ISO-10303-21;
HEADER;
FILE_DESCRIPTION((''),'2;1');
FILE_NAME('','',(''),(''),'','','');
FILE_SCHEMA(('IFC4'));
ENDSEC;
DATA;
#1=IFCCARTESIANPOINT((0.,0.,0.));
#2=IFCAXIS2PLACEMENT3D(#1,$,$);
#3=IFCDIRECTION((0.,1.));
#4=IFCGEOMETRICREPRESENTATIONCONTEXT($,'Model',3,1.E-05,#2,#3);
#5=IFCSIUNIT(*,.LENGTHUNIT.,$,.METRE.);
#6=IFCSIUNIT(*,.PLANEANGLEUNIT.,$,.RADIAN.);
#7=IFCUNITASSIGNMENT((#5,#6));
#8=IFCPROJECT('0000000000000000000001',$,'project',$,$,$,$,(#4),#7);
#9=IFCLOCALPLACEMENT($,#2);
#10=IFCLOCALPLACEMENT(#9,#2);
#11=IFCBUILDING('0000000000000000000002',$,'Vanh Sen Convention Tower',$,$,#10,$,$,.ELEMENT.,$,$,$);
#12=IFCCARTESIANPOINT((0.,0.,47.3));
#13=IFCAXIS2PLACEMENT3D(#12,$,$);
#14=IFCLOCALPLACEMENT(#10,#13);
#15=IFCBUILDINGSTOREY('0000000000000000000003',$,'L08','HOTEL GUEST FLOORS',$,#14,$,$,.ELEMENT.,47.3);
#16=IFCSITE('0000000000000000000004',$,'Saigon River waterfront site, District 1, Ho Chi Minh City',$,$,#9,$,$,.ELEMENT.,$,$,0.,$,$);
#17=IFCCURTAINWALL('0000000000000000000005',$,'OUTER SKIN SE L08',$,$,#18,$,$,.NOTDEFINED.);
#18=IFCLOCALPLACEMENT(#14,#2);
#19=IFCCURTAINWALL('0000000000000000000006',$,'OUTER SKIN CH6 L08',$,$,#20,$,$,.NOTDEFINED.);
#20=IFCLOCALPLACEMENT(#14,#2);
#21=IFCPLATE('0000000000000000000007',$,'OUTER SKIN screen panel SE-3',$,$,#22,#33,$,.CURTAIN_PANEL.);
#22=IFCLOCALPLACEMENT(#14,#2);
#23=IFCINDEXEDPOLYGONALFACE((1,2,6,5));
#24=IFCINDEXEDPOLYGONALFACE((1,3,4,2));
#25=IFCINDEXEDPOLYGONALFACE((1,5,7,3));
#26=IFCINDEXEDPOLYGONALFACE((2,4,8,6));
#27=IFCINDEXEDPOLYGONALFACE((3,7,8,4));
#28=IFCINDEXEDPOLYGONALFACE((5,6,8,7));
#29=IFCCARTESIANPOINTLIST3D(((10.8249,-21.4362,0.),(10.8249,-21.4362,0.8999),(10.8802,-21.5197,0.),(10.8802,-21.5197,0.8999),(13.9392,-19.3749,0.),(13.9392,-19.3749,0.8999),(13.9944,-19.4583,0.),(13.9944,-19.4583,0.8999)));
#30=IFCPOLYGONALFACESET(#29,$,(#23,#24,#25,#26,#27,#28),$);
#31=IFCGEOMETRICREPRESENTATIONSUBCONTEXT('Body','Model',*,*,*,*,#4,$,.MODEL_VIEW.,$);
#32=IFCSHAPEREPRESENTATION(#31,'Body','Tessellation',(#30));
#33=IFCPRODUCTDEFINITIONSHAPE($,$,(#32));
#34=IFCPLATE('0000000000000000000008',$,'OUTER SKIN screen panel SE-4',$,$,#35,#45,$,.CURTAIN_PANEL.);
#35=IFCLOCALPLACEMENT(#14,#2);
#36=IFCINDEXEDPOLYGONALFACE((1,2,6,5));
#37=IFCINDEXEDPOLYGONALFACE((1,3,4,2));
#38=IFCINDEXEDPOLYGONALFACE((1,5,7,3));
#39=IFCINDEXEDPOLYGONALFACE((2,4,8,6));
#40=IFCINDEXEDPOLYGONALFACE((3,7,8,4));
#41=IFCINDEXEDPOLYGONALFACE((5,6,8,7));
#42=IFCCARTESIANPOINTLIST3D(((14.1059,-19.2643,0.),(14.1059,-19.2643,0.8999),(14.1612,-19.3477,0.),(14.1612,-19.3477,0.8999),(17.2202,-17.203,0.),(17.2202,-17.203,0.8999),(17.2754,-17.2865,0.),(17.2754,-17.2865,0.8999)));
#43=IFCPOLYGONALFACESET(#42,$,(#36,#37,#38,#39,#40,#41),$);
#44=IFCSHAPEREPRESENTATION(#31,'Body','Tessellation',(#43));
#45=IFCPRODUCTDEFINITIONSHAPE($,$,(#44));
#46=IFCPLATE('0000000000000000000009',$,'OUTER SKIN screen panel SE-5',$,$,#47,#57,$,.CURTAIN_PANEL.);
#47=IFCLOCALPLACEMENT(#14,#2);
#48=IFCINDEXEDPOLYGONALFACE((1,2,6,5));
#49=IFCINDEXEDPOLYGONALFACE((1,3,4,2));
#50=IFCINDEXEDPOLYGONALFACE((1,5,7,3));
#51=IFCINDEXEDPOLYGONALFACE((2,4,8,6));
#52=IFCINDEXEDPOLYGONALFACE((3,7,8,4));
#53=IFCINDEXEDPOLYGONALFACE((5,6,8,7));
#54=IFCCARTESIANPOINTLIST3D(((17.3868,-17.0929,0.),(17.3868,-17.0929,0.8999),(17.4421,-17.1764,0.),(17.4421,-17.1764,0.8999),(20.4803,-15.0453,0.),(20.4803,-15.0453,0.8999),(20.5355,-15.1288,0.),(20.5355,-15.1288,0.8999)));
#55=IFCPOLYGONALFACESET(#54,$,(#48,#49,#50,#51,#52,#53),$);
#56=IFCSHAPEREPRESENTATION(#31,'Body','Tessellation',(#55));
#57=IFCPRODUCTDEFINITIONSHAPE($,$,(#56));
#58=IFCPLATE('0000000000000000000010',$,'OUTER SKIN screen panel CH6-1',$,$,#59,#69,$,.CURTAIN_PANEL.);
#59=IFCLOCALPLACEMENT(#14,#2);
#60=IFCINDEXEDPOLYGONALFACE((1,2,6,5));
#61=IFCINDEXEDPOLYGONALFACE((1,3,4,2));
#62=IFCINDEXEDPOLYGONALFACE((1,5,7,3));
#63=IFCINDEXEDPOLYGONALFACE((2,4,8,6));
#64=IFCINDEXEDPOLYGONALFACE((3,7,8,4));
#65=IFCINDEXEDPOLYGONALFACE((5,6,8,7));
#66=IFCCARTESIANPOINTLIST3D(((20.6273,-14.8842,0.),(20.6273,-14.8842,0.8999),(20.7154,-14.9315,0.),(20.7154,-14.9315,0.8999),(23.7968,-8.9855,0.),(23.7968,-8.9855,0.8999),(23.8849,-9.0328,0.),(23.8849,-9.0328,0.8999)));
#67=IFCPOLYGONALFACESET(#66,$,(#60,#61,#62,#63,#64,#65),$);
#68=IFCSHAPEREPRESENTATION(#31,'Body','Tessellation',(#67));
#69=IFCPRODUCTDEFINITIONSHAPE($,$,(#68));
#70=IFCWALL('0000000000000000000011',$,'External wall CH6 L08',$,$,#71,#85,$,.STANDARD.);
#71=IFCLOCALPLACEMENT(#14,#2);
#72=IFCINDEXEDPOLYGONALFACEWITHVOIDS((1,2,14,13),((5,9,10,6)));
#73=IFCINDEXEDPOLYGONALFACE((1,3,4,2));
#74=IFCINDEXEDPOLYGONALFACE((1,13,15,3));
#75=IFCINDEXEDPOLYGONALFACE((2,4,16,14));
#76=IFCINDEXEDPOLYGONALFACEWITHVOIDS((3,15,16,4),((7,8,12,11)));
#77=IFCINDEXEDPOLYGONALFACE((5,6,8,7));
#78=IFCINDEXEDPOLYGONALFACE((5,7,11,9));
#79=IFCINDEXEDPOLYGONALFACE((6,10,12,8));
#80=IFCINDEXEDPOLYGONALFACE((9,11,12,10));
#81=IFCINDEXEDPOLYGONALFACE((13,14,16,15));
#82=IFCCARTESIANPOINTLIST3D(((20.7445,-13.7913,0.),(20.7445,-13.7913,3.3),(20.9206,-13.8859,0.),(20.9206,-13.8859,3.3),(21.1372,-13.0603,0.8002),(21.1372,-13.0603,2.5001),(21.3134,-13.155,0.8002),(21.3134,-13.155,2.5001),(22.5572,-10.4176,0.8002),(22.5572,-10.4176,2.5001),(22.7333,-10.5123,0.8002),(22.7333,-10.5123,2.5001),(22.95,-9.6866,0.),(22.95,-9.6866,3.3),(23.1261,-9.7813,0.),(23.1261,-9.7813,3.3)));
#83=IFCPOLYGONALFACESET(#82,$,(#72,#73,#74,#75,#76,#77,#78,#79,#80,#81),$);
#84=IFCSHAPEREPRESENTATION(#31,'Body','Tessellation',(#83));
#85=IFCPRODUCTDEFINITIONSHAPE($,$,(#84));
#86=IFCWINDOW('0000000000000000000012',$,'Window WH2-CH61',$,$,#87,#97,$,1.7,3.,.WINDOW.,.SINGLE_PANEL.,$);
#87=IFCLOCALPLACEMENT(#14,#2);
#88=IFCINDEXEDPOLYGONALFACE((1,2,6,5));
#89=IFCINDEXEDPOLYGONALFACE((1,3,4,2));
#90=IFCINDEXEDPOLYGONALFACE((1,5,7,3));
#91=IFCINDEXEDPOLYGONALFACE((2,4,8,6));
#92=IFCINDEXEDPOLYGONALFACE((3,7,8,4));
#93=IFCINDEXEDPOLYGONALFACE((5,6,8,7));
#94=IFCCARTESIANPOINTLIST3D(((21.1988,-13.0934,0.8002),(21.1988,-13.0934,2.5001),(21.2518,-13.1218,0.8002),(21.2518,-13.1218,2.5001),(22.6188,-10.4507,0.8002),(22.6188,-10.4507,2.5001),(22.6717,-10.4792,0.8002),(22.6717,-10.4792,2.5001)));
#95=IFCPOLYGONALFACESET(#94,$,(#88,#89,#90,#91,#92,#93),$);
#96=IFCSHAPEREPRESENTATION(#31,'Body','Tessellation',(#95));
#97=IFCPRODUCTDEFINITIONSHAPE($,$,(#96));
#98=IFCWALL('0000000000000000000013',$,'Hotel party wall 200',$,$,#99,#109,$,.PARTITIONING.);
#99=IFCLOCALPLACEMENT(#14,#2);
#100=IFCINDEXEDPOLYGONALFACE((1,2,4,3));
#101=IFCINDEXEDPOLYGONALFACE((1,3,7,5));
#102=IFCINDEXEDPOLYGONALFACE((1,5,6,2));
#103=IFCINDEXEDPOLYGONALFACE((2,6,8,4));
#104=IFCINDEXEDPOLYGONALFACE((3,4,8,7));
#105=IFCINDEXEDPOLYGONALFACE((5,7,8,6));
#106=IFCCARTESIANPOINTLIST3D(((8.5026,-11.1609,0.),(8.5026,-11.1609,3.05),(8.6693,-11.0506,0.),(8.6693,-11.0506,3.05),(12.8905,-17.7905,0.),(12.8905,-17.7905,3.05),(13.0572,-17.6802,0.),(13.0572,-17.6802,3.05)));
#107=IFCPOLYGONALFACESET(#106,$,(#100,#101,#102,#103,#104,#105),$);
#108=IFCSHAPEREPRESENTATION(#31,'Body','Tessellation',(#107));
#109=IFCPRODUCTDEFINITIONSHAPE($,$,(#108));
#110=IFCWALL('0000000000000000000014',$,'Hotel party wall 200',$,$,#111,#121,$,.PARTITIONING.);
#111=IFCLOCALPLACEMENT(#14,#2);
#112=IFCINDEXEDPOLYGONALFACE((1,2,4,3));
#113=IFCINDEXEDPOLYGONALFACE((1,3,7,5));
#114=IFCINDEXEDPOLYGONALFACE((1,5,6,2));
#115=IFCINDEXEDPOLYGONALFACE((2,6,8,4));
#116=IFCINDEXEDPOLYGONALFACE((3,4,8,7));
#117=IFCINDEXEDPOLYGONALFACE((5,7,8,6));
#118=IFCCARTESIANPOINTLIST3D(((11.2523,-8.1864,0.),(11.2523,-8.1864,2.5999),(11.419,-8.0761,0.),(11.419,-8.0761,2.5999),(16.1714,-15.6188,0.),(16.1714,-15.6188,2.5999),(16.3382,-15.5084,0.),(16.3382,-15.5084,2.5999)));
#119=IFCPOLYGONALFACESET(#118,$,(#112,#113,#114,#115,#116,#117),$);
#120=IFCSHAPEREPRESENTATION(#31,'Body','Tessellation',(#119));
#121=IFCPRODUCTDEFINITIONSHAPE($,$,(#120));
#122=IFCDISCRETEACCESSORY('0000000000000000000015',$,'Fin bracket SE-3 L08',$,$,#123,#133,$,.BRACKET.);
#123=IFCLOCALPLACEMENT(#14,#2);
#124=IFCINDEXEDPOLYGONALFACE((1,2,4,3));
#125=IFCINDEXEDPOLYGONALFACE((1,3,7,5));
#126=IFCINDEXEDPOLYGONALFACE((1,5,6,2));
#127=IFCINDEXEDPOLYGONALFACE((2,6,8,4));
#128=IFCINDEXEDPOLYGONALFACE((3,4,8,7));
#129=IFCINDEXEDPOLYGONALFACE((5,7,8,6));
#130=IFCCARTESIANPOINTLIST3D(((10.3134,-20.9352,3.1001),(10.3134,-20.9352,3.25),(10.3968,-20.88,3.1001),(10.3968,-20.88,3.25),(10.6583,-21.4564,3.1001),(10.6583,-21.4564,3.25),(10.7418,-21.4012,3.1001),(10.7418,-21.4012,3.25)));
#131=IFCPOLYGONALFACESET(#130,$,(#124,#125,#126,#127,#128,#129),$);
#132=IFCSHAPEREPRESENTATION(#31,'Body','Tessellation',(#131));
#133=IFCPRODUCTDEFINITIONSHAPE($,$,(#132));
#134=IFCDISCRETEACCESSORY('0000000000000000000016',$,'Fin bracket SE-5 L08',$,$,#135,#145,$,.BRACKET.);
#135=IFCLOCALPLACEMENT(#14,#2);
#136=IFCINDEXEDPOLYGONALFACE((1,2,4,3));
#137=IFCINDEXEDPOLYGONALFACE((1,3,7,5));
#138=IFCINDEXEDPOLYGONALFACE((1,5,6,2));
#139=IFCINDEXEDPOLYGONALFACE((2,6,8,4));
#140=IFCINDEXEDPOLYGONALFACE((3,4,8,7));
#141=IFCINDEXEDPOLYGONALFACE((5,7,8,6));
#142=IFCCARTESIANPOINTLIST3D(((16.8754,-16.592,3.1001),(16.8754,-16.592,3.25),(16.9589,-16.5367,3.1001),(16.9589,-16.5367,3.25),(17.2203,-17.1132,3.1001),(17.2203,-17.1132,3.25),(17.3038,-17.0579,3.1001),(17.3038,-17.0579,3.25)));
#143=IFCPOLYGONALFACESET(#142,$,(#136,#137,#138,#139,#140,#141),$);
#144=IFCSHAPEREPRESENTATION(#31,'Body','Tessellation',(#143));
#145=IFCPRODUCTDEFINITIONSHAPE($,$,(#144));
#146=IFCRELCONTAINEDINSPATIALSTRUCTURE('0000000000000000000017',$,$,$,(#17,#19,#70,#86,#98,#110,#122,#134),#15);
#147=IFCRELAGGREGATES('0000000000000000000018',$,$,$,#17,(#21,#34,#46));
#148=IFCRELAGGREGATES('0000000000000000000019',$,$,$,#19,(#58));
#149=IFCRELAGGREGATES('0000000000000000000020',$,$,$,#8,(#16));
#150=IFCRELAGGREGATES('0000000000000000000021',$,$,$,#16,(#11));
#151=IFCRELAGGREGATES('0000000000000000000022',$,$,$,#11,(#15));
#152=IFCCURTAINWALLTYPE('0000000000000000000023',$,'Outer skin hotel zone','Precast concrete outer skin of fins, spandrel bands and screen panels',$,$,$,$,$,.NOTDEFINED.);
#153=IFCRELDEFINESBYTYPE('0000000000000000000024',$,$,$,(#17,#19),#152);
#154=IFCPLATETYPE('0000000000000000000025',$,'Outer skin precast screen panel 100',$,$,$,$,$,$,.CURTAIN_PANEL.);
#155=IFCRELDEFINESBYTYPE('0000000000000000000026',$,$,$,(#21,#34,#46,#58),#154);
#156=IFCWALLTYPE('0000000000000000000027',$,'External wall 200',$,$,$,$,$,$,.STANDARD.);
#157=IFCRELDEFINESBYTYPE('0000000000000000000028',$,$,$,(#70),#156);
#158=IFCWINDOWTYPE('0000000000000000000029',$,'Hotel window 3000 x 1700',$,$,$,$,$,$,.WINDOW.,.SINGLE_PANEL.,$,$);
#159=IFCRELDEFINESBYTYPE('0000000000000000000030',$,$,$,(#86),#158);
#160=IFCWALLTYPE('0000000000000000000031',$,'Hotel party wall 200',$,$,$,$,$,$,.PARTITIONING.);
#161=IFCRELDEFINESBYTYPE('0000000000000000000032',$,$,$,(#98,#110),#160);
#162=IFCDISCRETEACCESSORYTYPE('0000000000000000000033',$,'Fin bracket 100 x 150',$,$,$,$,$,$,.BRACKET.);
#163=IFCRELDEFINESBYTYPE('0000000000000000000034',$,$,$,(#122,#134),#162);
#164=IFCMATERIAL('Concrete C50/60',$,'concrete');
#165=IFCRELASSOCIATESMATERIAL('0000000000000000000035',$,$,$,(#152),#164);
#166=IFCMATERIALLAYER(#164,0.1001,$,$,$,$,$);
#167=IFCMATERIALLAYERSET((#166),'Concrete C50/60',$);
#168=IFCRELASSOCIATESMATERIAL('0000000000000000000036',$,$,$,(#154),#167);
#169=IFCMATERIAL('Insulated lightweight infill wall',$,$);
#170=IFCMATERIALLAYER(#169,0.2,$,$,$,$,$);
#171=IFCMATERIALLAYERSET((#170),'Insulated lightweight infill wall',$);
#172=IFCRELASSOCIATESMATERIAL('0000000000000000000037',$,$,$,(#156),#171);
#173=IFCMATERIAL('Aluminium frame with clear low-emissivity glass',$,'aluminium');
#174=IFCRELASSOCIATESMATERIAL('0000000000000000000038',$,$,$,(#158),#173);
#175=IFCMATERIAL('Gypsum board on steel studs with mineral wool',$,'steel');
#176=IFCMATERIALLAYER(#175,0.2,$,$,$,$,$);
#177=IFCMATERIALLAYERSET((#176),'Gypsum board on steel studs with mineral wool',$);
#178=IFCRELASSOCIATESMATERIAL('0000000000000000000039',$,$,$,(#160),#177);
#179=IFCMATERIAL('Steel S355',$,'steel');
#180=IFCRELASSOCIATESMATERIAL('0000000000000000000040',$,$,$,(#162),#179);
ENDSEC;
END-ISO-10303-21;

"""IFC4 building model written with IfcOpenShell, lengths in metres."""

from ifc_helpers import new_model, si_unit, direction, frame, frame_2d, origin, origin_2d, place, context, subcontext, project, spatial, rectangle, extrude, material, layer, layer_set, type_object, element, fill, aggregate, save


model = new_model("IFC4")

# Units and contexts
model_context = context("Model", 3, precision=1e-05, world=origin(), true_north=direction((0.0, 1.0)))
body_context = subcontext(model_context, "Body", "Model", "MODEL_VIEW")
ifc_project = project(units=[si_unit("LENGTHUNIT", "METRE"), si_unit("PLANEANGLEUNIT", "RADIAN")], contexts=[model_context])

# Site, building, storey
site_placement = place(None, origin())
site = spatial("IfcSite", under=ifc_project, at=site_placement, Name="Saigon River waterfront site, District 1, Ho Chi Minh City", CompositionType="ELEMENT", RefElevation=0.0)
building_placement = place(site_placement, origin())
building = spatial("IfcBuilding", under=site, at=building_placement, Name="Vanh Sen Convention Tower", CompositionType="ELEMENT")
storey_placement = place(building_placement, frame((0.0, 0.0, 47.3)))
storey = spatial("IfcBuildingStorey", under=building, at=storey_placement, Name="L08", Description="HOTEL GUEST FLOORS", CompositionType="ELEMENT", Elevation=47.3)

# Curtain wall
ifc_material_1 = material(Name="Concrete C50/60", Category="concrete")
curtain_wall_type = type_object("IfcCurtainWallType", Name="Outer skin hotel zone", Description="Precast concrete outer skin of fins, spandrel bands and screen panels", PredefinedType="NOTDEFINED", material=ifc_material_1)
curtain_wall_1_placement = place(storey_placement, origin())
curtain_wall_1 = element("IfcCurtainWall", 1, at=curtain_wall_1_placement, inside=storey, type_object=curtain_wall_type, Name="OUTER SKIN SE L08", PredefinedType="NOTDEFINED")

# Curtain wall
curtain_wall_2_placement = place(storey_placement, origin())
curtain_wall_2 = element("IfcCurtainWall", 2, at=curtain_wall_2_placement, inside=storey, type_object=curtain_wall_type, Name="OUTER SKIN CH6 L08", PredefinedType="NOTDEFINED")

# Plates
ifc_layer_1 = layer(ifc_material_1, 0.1001)
ifc_layer_set_1 = layer_set([ifc_layer_1], Name="Concrete C50/60")
plate_type = type_object("IfcPlateType", Name="Outer skin precast screen panel 100", PredefinedType="CURTAIN_PANEL", material=ifc_layer_set_1)
plate_1_placement = place(storey_placement, frame((12.4097, -20.4473, 0.0), z_axis=(0.0, 0.0, 1.0), x_axis=(0.83388, 0.551946, 0.0)))
plate_1 = element("IfcPlate", 3, at=plate_1_placement, type_object=plate_type, Name="OUTER SKIN screen panel SE-3", PredefinedType="CURTAIN_PANEL", context=body_context, shape_type="SweptSolid", body=[
    extrude(rectangle(XDim=3.7346, YDim=0.1001, at=origin_2d()), origin(), (0.0, 0.0, 1.0), 0.8999),
])
plate_2_placement = place(storey_placement, frame((15.6907, -18.2754, 0.0), z_axis=(0.0, 0.0, 1.0), x_axis=(0.833892, 0.551928, 0.0)))
plate_2 = element("IfcPlate", 4, at=plate_2_placement, type_object=plate_type, Name="OUTER SKIN screen panel SE-4", PredefinedType="CURTAIN_PANEL", context=body_context, shape_type="SweptSolid", body=[
    extrude(rectangle(XDim=3.7346, YDim=0.1001, at=origin_2d()), origin(), (0.0, 0.0, 1.0), 0.8999),
])
plate_3_placement = place(storey_placement, frame((18.9612, -16.1108, 0.0), z_axis=(0.0, 0.0, 1.0), x_axis=(0.83388, 0.551946, 0.0)))
plate_3 = element("IfcPlate", 5, at=plate_3_placement, type_object=plate_type, Name="OUTER SKIN screen panel SE-5", PredefinedType="CURTAIN_PANEL", context=body_context, shape_type="SweptSolid", body=[
    extrude(rectangle(XDim=3.7097, YDim=0.1001, at=origin_2d()), origin(), (0.0, 0.0, 1.0), 0.8999),
])
aggregate(curtain_wall_1, [plate_1, plate_2, plate_3])
plate_4_placement = place(storey_placement, frame((22.2561, -11.9585, 0.0), z_axis=(0.0, 0.0, 1.0), x_axis=(0.473323, 0.880889, 0.0)))
plate_4 = element("IfcPlate", 6, at=plate_4_placement, type_object=plate_type, Name="OUTER SKIN screen panel CH6-1", PredefinedType="CURTAIN_PANEL", context=body_context, shape_type="SweptSolid", body=[
    extrude(rectangle(XDim=6.6963, YDim=0.1001, at=origin_2d()), origin(), (0.0, 0.0, 1.0), 0.8999),
])
aggregate(curtain_wall_2, [plate_4])

# Wall, opening, window
ifc_material_2 = material(Name="Insulated lightweight infill wall")
ifc_layer_2 = layer(ifc_material_2, 0.2)
ifc_layer_set_2 = layer_set([ifc_layer_2], Name="Insulated lightweight infill wall")
wall_type_1 = type_object("IfcWallType", Name="External wall 200", PredefinedType="STANDARD", material=ifc_layer_set_2)
wall_1_placement = place(storey_placement, frame((20.8325, -13.8386, 0.0), z_axis=(0.0, 0.0, 1.0), x_axis=(0.473322, 0.88089, 0.0)))
wall_1 = element("IfcWall", 7, at=wall_1_placement, inside=storey, type_object=wall_type_1, Name="External wall CH6 L08", PredefinedType="STANDARD", context=body_context, shape_type="SweptSolid", body=[
    extrude(rectangle(XDim=4.6597, YDim=0.2, at=frame_2d((2.3298, 0.0))), origin(), (0.0, 0.0, 1.0), 3.3),
])
opening_placement = place(wall_1_placement, frame((0.8298, 0.0, 0.8)))
opening = element("IfcOpeningElement", 8, at=opening_placement, cuts=wall_1, PredefinedType="OPENING", context=body_context, shape_type="SweptSolid", body=[
    extrude(rectangle(XDim=3.0, YDim=1.7, at=frame_2d((1.5, 0.8501))), frame((0.0, 0.1099, 0.0), z_axis=(0.0, -1.0, 0.0), x_axis=(1.0, 0.0, 0.0)), (0.0, 0.0, 1.0), 0.22),
])
ifc_material_3 = material(Name="Aluminium frame with clear low-emissivity glass", Category="aluminium")
window_type = type_object("IfcWindowType", Name="Hotel window 3000 x 1700", PartitioningType="SINGLE_PANEL", PredefinedType="WINDOW", material=ifc_material_3)
window_placement = place(opening_placement, origin())
window = element("IfcWindow", 9, at=window_placement, inside=storey, type_object=window_type, Name="Window WH2-CH61", OverallHeight=1.7, OverallWidth=3.0, PartitioningType="SINGLE_PANEL", PredefinedType="WINDOW", context=body_context, shape_type="SweptSolid", body=[
    extrude(rectangle(XDim=3.0, YDim=1.7, at=frame_2d((1.5, 0.8501))), frame((0.0, 0.03, 0.0), z_axis=(0.0, -1.0, 0.0), x_axis=(1.0, 0.0, 0.0)), (0.0, 0.0, 1.0), 0.0601),
])
fill(opening, window)

# Walls
ifc_material_4 = material(Name="Gypsum board on steel studs with mineral wool", Category="steel")
ifc_layer_3 = layer(ifc_material_4, 0.2)
ifc_layer_set_3 = layer_set([ifc_layer_3], Name="Gypsum board on steel studs with mineral wool")
wall_type_2 = type_object("IfcWallType", Name="Hotel party wall 200", PredefinedType="PARTITIONING", material=ifc_layer_set_3)
wall_2_placement = place(storey_placement, frame((12.9739, -17.7354, 0.0), z_axis=(0.0, 0.0, 1.0), x_axis=(-0.551926, 0.833893, 0.0)))
element("IfcWall", 10, at=wall_2_placement, inside=storey, type_object=wall_type_2, Name="Hotel party wall 200", PredefinedType="PARTITIONING", context=body_context, shape_type="SweptSolid", body=[
    extrude(rectangle(XDim=7.9502, YDim=0.2, at=frame_2d((3.9751, 0.0))), origin(), (0.0, 0.0, 1.0), 3.05),
])
wall_3_placement = place(storey_placement, frame((16.2549, -15.5637, 0.0), z_axis=(0.0, 0.0, 1.0), x_axis=(-0.551922, 0.833896, 0.0)))
element("IfcWall", 11, at=wall_3_placement, inside=storey, type_object=wall_type_2, Name="Hotel party wall 200", PredefinedType="PARTITIONING", context=body_context, shape_type="SweptSolid", body=[
    extrude(rectangle(XDim=8.9128, YDim=0.2, at=frame_2d((4.4565, 0.0))), origin(), (0.0, 0.0, 1.0), 2.5999),
])

# Discrete accessories
ifc_material_5 = material(Name="Steel S355", Category="steel")
discrete_accessory_type = type_object("IfcDiscreteAccessoryType", Name="Fin bracket 100 x 150", PredefinedType="BRACKET", material=ifc_material_5)
for number, where, z_axis, x_axis, name in (
    (12, (10.5276, -21.1682, 3.1001), (0.0, 0.0, 1.0), (0.551937, -0.833886, 0.0), "Fin bracket SE-3 L08"),
    (13, (17.0896, -16.825, 3.1001), (0.0, 0.0, 1.0), (0.551937, -0.833886, 0.0), "Fin bracket SE-5 L08"),
):
    element("IfcDiscreteAccessory", number, at=place(storey_placement, frame(where, z_axis=z_axis, x_axis=x_axis)), inside=storey, type_object=discrete_accessory_type, Name=name, PredefinedType="BRACKET", context=body_context, shape_type="SweptSolid", body=[
        extrude(rectangle(XDim=0.625, YDim=0.1001, at=origin_2d()), origin(), (0.0, 0.0, 1.0), 0.1499),
    ])

save(model, "model.ifc")
